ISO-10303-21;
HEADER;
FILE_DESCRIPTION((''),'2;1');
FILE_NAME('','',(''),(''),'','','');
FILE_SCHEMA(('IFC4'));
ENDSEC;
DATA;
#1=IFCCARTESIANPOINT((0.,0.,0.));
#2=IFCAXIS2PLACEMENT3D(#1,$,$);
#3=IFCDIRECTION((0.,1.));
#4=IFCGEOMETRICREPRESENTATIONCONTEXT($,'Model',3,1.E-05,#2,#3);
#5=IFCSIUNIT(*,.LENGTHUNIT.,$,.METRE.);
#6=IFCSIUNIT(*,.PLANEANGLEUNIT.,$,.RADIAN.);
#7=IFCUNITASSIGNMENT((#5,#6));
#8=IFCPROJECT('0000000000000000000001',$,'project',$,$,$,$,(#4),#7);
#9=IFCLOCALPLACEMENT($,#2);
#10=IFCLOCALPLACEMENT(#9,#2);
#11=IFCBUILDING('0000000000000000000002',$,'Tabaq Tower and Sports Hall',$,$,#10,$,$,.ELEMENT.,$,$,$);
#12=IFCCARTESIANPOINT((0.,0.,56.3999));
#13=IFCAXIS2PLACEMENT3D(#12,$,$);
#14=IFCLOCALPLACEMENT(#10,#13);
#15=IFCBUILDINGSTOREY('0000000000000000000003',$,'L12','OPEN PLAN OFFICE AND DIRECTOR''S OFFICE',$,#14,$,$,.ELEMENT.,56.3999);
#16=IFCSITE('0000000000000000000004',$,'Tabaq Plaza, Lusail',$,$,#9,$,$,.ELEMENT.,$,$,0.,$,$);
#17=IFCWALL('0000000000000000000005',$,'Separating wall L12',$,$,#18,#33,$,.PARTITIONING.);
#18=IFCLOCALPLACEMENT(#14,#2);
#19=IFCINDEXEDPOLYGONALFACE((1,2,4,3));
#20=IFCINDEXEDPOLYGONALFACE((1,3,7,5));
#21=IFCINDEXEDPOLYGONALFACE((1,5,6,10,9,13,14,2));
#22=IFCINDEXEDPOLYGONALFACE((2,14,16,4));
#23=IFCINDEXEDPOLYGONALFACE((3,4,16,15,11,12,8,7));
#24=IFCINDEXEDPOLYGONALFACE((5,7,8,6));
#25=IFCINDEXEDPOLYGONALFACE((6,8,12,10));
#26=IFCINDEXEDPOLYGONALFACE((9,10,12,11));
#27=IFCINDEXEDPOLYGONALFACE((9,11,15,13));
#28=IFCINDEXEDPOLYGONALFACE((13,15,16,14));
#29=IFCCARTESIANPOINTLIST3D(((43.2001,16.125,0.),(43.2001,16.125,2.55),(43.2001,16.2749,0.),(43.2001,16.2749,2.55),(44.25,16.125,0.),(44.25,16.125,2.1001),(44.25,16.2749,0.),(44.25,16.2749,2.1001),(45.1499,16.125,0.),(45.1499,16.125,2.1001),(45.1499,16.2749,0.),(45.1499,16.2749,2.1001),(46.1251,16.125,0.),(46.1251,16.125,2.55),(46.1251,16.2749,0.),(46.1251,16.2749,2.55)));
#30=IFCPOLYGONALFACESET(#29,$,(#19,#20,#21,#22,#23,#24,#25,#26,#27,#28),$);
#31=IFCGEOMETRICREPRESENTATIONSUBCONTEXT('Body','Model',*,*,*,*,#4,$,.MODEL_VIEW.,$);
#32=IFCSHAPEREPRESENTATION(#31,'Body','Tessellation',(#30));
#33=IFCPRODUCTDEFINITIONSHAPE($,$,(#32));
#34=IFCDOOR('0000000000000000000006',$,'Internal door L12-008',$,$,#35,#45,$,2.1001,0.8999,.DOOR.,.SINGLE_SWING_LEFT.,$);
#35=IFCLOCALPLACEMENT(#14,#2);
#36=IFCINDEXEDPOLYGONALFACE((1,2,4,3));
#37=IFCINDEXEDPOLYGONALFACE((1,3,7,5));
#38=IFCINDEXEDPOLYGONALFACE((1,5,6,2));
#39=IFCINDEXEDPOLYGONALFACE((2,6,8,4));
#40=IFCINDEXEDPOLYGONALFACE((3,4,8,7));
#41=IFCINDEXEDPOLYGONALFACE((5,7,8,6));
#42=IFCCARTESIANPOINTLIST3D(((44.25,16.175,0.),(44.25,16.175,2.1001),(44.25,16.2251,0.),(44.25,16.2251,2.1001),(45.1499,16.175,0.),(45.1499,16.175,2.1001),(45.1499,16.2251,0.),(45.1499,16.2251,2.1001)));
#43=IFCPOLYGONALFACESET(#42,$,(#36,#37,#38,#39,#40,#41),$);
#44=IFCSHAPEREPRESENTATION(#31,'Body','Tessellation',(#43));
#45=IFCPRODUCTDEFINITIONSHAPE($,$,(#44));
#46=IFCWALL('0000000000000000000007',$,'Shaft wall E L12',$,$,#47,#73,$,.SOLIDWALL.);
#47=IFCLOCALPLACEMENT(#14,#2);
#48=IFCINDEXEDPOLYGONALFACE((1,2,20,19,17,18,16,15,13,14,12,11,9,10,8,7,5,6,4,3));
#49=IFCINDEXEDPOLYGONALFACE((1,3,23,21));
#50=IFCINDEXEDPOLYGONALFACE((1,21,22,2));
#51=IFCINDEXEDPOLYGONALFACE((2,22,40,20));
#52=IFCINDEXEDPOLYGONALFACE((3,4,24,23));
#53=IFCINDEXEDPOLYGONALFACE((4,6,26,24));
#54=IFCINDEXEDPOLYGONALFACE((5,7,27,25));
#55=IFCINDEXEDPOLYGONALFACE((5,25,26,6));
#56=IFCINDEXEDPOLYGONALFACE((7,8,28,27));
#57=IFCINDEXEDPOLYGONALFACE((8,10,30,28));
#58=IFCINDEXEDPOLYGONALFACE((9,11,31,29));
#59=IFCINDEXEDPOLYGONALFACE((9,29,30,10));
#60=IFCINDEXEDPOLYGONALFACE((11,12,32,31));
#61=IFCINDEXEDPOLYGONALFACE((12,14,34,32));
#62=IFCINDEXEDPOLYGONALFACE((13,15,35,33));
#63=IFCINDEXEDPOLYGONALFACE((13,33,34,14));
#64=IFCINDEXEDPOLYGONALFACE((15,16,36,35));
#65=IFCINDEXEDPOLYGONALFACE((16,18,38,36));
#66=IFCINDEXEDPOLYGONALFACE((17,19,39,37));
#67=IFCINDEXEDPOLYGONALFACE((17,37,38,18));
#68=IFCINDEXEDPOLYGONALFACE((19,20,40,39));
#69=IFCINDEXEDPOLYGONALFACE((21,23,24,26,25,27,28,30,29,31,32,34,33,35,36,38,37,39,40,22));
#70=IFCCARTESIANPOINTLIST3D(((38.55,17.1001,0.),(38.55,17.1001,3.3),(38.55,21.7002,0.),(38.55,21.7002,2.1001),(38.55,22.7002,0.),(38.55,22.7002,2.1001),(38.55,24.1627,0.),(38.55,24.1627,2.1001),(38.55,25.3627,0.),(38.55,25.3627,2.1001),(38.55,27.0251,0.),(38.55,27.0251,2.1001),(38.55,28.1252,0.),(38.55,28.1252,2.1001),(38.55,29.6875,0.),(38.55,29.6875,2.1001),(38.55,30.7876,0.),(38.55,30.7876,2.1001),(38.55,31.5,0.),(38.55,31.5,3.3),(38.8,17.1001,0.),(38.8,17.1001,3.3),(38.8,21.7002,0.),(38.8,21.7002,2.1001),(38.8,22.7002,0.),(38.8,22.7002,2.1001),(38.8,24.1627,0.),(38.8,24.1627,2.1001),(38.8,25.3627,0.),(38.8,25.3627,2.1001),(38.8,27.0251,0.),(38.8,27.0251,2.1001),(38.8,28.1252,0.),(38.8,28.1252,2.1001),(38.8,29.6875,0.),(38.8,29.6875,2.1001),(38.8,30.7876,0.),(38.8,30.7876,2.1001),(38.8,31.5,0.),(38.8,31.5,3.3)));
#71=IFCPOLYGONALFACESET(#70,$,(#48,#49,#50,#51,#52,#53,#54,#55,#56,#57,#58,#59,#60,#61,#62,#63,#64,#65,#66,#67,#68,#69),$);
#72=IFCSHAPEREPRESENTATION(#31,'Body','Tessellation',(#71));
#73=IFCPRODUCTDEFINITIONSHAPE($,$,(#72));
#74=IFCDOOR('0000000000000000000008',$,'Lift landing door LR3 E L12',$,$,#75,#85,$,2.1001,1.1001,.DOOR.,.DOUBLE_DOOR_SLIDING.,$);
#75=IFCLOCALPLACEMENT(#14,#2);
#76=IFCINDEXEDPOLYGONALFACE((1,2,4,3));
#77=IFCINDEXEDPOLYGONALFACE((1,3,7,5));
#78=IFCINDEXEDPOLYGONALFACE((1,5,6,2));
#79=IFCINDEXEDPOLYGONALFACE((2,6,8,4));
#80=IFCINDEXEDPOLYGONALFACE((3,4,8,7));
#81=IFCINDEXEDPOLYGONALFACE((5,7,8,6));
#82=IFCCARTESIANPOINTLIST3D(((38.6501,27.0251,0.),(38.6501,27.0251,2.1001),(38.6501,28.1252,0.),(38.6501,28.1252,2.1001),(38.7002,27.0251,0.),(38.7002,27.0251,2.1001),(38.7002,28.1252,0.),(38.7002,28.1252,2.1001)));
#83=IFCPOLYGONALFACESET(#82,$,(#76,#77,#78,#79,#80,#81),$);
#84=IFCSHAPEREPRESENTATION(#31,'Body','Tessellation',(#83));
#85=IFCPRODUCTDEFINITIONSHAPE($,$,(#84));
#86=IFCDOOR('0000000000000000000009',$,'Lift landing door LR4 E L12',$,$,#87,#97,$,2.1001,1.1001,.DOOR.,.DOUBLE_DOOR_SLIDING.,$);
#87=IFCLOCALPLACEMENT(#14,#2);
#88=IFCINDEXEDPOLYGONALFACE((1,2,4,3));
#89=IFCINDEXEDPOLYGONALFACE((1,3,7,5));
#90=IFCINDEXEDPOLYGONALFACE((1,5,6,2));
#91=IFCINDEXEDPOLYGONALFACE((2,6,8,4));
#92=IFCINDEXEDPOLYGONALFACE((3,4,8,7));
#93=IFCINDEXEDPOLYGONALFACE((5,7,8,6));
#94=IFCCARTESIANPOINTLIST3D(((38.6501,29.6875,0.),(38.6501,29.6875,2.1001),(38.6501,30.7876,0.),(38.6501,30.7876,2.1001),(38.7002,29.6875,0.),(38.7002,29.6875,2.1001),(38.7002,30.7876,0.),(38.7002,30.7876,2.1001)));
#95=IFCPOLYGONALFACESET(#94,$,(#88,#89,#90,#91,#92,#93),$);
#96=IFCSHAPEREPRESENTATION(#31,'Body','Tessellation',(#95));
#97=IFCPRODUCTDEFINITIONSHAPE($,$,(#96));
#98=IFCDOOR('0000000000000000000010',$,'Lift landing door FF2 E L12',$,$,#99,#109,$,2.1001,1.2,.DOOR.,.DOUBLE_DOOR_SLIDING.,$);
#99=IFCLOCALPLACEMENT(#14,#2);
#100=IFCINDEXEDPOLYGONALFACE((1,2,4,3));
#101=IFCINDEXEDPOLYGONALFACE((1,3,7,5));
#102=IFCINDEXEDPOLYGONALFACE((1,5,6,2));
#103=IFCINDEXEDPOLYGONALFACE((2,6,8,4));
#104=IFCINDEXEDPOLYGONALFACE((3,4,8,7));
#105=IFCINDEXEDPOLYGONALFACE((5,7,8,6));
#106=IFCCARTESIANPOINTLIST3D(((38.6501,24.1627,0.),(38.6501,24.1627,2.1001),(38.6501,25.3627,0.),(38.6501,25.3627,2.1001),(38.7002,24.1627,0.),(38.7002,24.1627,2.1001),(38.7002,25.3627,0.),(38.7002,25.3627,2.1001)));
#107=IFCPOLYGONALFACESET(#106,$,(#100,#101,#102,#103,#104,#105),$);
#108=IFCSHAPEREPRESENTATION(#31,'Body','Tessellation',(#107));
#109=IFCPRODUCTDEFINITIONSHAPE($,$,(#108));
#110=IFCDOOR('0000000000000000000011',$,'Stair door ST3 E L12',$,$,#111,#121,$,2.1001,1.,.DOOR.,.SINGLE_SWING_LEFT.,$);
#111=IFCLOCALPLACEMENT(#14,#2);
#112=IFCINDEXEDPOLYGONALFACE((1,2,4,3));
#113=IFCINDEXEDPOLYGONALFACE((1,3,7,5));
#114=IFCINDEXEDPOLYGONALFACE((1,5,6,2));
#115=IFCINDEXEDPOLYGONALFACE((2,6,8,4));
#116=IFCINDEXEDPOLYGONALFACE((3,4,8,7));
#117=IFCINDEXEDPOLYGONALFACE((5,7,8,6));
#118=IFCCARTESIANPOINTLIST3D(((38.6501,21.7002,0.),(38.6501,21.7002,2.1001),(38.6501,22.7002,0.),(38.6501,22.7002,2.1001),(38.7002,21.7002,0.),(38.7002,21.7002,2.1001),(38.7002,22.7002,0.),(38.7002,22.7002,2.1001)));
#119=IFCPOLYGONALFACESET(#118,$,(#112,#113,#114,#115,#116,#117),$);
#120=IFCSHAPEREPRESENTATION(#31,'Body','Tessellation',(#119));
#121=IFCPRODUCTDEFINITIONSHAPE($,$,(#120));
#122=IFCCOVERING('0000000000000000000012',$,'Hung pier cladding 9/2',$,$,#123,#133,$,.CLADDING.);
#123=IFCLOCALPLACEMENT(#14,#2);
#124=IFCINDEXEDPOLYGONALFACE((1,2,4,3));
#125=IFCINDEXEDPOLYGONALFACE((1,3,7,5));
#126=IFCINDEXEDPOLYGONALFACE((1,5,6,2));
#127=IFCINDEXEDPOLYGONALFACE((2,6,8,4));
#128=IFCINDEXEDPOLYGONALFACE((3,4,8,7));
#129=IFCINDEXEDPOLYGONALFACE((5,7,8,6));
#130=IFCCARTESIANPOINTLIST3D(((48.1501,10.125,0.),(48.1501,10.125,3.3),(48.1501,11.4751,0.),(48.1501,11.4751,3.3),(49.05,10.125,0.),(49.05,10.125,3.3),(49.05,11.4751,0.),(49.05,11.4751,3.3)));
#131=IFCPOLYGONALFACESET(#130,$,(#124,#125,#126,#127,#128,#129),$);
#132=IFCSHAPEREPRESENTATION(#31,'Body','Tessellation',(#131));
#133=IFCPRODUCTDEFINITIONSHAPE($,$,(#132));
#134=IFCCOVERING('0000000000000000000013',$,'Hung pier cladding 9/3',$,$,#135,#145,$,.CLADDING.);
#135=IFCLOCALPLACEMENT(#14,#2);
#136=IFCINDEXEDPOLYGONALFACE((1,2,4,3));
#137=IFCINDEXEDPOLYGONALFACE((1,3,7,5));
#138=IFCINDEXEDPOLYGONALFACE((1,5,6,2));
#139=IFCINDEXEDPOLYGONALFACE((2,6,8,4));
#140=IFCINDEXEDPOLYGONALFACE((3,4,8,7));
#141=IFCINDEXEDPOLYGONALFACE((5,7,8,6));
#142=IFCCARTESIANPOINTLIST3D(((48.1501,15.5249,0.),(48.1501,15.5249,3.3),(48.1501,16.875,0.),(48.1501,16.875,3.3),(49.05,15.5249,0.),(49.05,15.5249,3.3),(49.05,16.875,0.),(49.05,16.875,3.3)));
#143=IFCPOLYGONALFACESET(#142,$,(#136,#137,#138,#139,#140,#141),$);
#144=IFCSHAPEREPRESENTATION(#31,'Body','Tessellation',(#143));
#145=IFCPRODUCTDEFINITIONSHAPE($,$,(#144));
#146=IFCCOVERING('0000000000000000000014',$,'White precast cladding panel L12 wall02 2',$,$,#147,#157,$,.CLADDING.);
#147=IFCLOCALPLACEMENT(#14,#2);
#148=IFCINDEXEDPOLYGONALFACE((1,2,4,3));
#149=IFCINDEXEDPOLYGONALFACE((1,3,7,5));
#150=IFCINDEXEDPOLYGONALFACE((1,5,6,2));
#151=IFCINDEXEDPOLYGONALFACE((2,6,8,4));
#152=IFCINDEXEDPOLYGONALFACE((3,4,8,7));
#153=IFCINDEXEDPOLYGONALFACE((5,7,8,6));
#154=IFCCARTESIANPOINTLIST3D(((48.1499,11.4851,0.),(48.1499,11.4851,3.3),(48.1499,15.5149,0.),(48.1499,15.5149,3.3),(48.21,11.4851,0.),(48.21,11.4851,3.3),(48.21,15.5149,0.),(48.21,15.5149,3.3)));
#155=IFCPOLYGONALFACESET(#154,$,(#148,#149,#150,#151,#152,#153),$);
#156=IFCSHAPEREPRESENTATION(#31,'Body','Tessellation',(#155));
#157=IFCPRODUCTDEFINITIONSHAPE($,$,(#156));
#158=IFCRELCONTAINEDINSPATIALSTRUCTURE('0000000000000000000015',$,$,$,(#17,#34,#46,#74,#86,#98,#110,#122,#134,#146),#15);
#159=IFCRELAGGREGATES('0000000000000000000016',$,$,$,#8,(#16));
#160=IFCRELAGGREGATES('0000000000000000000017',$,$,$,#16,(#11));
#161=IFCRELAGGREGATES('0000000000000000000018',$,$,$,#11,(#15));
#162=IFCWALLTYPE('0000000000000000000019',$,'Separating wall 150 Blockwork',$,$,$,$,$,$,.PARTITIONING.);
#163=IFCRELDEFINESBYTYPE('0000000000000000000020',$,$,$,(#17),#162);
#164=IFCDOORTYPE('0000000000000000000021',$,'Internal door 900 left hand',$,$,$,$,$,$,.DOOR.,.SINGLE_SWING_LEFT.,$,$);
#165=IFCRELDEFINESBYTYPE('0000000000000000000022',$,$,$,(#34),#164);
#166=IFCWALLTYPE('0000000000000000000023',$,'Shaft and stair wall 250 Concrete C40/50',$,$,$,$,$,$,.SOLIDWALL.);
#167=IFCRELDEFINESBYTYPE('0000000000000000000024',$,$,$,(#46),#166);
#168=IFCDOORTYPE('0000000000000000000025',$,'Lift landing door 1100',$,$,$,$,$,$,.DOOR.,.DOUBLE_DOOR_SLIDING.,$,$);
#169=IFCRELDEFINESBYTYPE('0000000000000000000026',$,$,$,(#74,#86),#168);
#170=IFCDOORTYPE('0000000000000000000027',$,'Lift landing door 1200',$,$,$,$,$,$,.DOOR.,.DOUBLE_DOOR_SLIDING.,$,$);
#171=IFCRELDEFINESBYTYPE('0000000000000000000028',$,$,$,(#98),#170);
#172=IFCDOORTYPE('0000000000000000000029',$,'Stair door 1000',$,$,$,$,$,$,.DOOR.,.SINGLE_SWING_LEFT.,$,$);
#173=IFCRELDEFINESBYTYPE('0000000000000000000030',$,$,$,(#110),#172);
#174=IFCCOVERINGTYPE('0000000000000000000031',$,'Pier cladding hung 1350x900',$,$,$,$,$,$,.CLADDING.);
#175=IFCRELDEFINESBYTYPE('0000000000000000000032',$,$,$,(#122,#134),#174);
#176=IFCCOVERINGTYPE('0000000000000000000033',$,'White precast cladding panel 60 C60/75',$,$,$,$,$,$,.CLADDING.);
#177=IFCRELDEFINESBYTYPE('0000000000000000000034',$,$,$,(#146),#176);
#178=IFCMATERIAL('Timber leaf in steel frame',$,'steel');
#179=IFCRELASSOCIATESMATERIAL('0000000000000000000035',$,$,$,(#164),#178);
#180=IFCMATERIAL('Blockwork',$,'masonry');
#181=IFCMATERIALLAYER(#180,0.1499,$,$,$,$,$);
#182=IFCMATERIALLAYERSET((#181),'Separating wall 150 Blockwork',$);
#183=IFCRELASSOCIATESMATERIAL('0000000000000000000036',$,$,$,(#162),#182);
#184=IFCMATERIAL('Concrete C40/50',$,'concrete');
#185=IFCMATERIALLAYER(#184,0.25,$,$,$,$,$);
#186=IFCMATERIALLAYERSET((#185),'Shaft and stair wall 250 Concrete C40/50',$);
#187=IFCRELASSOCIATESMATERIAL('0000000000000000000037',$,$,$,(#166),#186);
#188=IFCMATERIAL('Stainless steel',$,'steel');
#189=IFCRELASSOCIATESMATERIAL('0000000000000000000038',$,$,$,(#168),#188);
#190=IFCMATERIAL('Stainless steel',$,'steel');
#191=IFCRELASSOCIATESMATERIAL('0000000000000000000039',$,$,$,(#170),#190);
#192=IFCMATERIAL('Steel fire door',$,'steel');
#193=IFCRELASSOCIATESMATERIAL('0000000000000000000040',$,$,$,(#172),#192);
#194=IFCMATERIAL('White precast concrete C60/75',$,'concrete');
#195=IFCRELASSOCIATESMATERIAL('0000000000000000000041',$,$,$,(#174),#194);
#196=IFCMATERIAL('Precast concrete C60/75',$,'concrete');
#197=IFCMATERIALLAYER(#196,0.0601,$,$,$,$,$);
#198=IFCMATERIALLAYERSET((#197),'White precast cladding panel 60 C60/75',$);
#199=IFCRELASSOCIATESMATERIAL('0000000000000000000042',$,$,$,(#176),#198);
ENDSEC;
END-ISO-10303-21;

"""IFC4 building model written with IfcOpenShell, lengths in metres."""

from ifc_helpers import new_model, si_unit, direction, frame, frame_2d, origin, place, context, subcontext, project, spatial, rectangle, extrude, material, layer, layer_set, type_object, element, fill, save


model = new_model("IFC4")

# Units and contexts
model_context = context("Model", 3, precision=1e-05, world=origin(), true_north=direction((0.0, 1.0)))
body_context = subcontext(model_context, "Body", "Model", "MODEL_VIEW")
ifc_project = project(units=[si_unit("LENGTHUNIT", "METRE"), si_unit("PLANEANGLEUNIT", "RADIAN")], contexts=[model_context])

# Site, building, storey
site_placement = place(None, origin())
site = spatial("IfcSite", under=ifc_project, at=site_placement, Name="Tabaq Plaza, Lusail", CompositionType="ELEMENT", RefElevation=0.0)
building_placement = place(site_placement, origin())
building = spatial("IfcBuilding", under=site, at=building_placement, Name="Tabaq Tower and Sports Hall", CompositionType="ELEMENT")
storey_placement = place(building_placement, frame((0.0, 0.0, 56.3999)))
storey = spatial("IfcBuildingStorey", under=building, at=storey_placement, Name="L12", Description="OPEN PLAN OFFICE AND DIRECTOR'S OFFICE", CompositionType="ELEMENT", Elevation=56.3999)

# Shared definitions
ifc_material_1 = material(Name="Timber leaf in steel frame", Category="steel")
door_type_1 = type_object("IfcDoorType", Name="Internal door 900 left hand", OperationType="SINGLE_SWING_LEFT", PredefinedType="DOOR", material=ifc_material_1)

# Wall, opening, door
ifc_material_2 = material(Name="Blockwork", Category="masonry")
ifc_layer_1 = layer(ifc_material_2, 0.1499)
ifc_layer_set_1 = layer_set([ifc_layer_1], Name="Separating wall 150 Blockwork")
wall_type_1 = type_object("IfcWallType", Name="Separating wall 150 Blockwork", PredefinedType="PARTITIONING", material=ifc_layer_set_1)
wall_1_placement = place(storey_placement, frame((46.125, 16.2, 0.0), z_axis=(0.0, 0.0, 1.0), x_axis=(-1.0, 0.0, 0.0)))
wall_1 = element("IfcWall", 1, at=wall_1_placement, inside=storey, type_object=wall_type_1, Name="Separating wall L12", PredefinedType="PARTITIONING", context=body_context, shape_type="SweptSolid", body=[
    extrude(rectangle(XDim=2.925, YDim=0.1499, at=frame_2d((1.4624, 0.0))), origin(), (0.0, 0.0, 1.0), 2.55),
])
opening_1_placement = place(wall_1_placement, frame((0.9751, 0.0, 0.0)))
opening_1 = element("IfcOpeningElement", 2, at=opening_1_placement, cuts=wall_1, PredefinedType="OPENING", context=body_context, shape_type="SweptSolid", body=[
    extrude(rectangle(XDim=0.8999, YDim=2.1001, at=frame_2d((0.45, 1.05))), frame((0.0, 0.075, 0.0), z_axis=(0.0, -1.0, 0.0), x_axis=(1.0, 0.0, 0.0)), (0.0, 0.0, 1.0), 0.1499),
])
door_1_placement = place(opening_1_placement, origin())
door_1 = element("IfcDoor", 3, at=door_1_placement, inside=storey, type_object=door_type_1, Name="Internal door L12-008", OperationType="SINGLE_SWING_LEFT", OverallHeight=2.1001, OverallWidth=0.8999, PredefinedType="DOOR", context=body_context, shape_type="SweptSolid", body=[
    extrude(rectangle(XDim=0.8999, YDim=2.1001, at=frame_2d((0.45, 1.05))), frame((0.0, 0.0249, 0.0), z_axis=(0.0, -1.0, 0.0), x_axis=(1.0, 0.0, 0.0)), (0.0, 0.0, 1.0), 0.05),
])
fill(opening_1, door_1)

# Wall, openings, doors
ifc_material_3 = material(Name="Concrete C40/50", Category="concrete")
ifc_layer_2 = layer(ifc_material_3, 0.25)
ifc_layer_set_2 = layer_set([ifc_layer_2], Name="Shaft and stair wall 250 Concrete C40/50")
wall_type_2 = type_object("IfcWallType", Name="Shaft and stair wall 250 Concrete C40/50", PredefinedType="SOLIDWALL", material=ifc_layer_set_2)
wall_2_placement = place(storey_placement, frame((38.675, 17.1001, 0.0), z_axis=(0.0, 0.0, 1.0), x_axis=(0.0, 1.0, 0.0)))
wall_2 = element("IfcWall", 4, at=wall_2_placement, inside=storey, type_object=wall_type_2, Name="Shaft wall E L12", PredefinedType="SOLIDWALL", context=body_context, shape_type="SweptSolid", body=[
    extrude(rectangle(XDim=14.3999, YDim=0.25, at=frame_2d((7.2, 0.0))), origin(), (0.0, 0.0, 1.0), 3.3),
])
opening_2_placement = place(wall_2_placement, frame((4.6001, 0.0, 0.0)))
opening_2 = element("IfcOpeningElement", 5, at=opening_2_placement, cuts=wall_2, PredefinedType="OPENING", context=body_context, shape_type="SweptSolid", body=[
    extrude(rectangle(XDim=1.0, YDim=2.1001, at=frame_2d((0.5, 1.05))), frame((0.0, 0.125, 0.0), z_axis=(0.0, -1.0, 0.0), x_axis=(1.0, 0.0, 0.0)), (0.0, 0.0, 1.0), 0.25),
])
opening_3_placement = place(wall_2_placement, frame((7.0625, 0.0, 0.0)))
opening_3 = element("IfcOpeningElement", 6, at=opening_3_placement, cuts=wall_2, PredefinedType="OPENING", context=body_context, shape_type="SweptSolid", body=[
    extrude(rectangle(XDim=1.2, YDim=2.1001, at=frame_2d((0.6001, 1.05))), frame((0.0, 0.125, 0.0), z_axis=(0.0, -1.0, 0.0), x_axis=(1.0, 0.0, 0.0)), (0.0, 0.0, 1.0), 0.25),
])
opening_4_placement = place(wall_2_placement, frame((9.925, 0.0, 0.0)))
opening_4 = element("IfcOpeningElement", 7, at=opening_4_placement, cuts=wall_2, PredefinedType="OPENING", context=body_context, shape_type="SweptSolid", body=[
    extrude(rectangle(XDim=1.1001, YDim=2.1001, at=frame_2d((0.55, 1.05))), frame((0.0, 0.125, 0.0), z_axis=(0.0, -1.0, 0.0), x_axis=(1.0, 0.0, 0.0)), (0.0, 0.0, 1.0), 0.25),
])
opening_5_placement = place(wall_2_placement, frame((12.5874, 0.0, 0.0)))
opening_5 = element("IfcOpeningElement", 8, at=opening_5_placement, cuts=wall_2, PredefinedType="OPENING", context=body_context, shape_type="SweptSolid", body=[
    extrude(rectangle(XDim=1.1001, YDim=2.1001, at=frame_2d((0.55, 1.05))), frame((0.0, 0.125, 0.0), z_axis=(0.0, -1.0, 0.0), x_axis=(1.0, 0.0, 0.0)), (0.0, 0.0, 1.0), 0.25),
])
ifc_material_4 = material(Name="Stainless steel", Category="steel")
door_type_2 = type_object("IfcDoorType", Name="Lift landing door 1100", OperationType="DOUBLE_DOOR_SLIDING", PredefinedType="DOOR", material=ifc_material_4)
door_2_placement = place(opening_4_placement, origin())
door_2 = element("IfcDoor", 9, at=door_2_placement, inside=storey, type_object=door_type_2, Name="Lift landing door LR3 E L12", OperationType="DOUBLE_DOOR_SLIDING", OverallHeight=2.1001, OverallWidth=1.1001, PredefinedType="DOOR", context=body_context, shape_type="SweptSolid", body=[
    extrude(rectangle(XDim=1.1001, YDim=2.1001, at=frame_2d((0.55, 1.05))), frame((0.0, 0.0249, 0.0), z_axis=(0.0, -1.0, 0.0), x_axis=(1.0, 0.0, 0.0)), (0.0, 0.0, 1.0), 0.05),
])
fill(opening_4, door_2)
door_3_placement = place(opening_5_placement, origin())
door_3 = element("IfcDoor", 10, at=door_3_placement, inside=storey, type_object=door_type_2, Name="Lift landing door LR4 E L12", OperationType="DOUBLE_DOOR_SLIDING", OverallHeight=2.1001, OverallWidth=1.1001, PredefinedType="DOOR", context=body_context, shape_type="SweptSolid", body=[
    extrude(rectangle(XDim=1.1001, YDim=2.1001, at=frame_2d((0.55, 1.05))), frame((0.0, 0.0249, 0.0), z_axis=(0.0, -1.0, 0.0), x_axis=(1.0, 0.0, 0.0)), (0.0, 0.0, 1.0), 0.05),
])
fill(opening_5, door_3)
ifc_material_5 = material(Name="Stainless steel", Category="steel")
door_type_3 = type_object("IfcDoorType", Name="Lift landing door 1200", OperationType="DOUBLE_DOOR_SLIDING", PredefinedType="DOOR", material=ifc_material_5)
door_4_placement = place(opening_3_placement, origin())
door_4 = element("IfcDoor", 11, at=door_4_placement, inside=storey, type_object=door_type_3, Name="Lift landing door FF2 E L12", OperationType="DOUBLE_DOOR_SLIDING", OverallHeight=2.1001, OverallWidth=1.2, PredefinedType="DOOR", context=body_context, shape_type="SweptSolid", body=[
    extrude(rectangle(XDim=1.2, YDim=2.1001, at=frame_2d((0.6001, 1.05))), frame((0.0, 0.0249, 0.0), z_axis=(0.0, -1.0, 0.0), x_axis=(1.0, 0.0, 0.0)), (0.0, 0.0, 1.0), 0.05),
])
fill(opening_3, door_4)
ifc_material_6 = material(Name="Steel fire door", Category="steel")
door_type_4 = type_object("IfcDoorType", Name="Stair door 1000", OperationType="SINGLE_SWING_LEFT", PredefinedType="DOOR", material=ifc_material_6)
door_5_placement = place(opening_2_placement, origin())
door_5 = element("IfcDoor", 12, at=door_5_placement, inside=storey, type_object=door_type_4, Name="Stair door ST3 E L12", OperationType="SINGLE_SWING_LEFT", OverallHeight=2.1001, OverallWidth=1.0, PredefinedType="DOOR", context=body_context, shape_type="SweptSolid", body=[
    extrude(rectangle(XDim=1.0, YDim=2.1001, at=frame_2d((0.5, 1.05))), frame((0.0, 0.0249, 0.0), z_axis=(0.0, -1.0, 0.0), x_axis=(1.0, 0.0, 0.0)), (0.0, 0.0, 1.0), 0.05),
])
fill(opening_2, door_5)

# Coverings
ifc_material_7 = material(Name="White precast concrete C60/75", Category="concrete")
covering_type_1 = type_object("IfcCoveringType", Name="Pier cladding hung 1350x900", PredefinedType="CLADDING", material=ifc_material_7)
for number, where, z_axis, x_axis, name in (
    (13, (48.6001, 10.125, 0.0), (0.0, 0.0, 1.0), (0.0, 1.0, 0.0), "Hung pier cladding 9/2"),
    (14, (48.6001, 15.5249, 0.0), (0.0, 0.0, 1.0), (0.0, 1.0, 0.0), "Hung pier cladding 9/3"),
):
    element("IfcCovering", number, at=place(storey_placement, frame(where, z_axis=z_axis, x_axis=x_axis)), inside=storey, type_object=covering_type_1, Name=name, PredefinedType="CLADDING", context=body_context, shape_type="SweptSolid", body=[
        extrude(rectangle(XDim=1.3501, YDim=0.8999, at=frame_2d((0.675, 0.0))), origin(), (0.0, 0.0, 1.0), 3.3),
    ])
ifc_material_8 = material(Name="Precast concrete C60/75", Category="concrete")
ifc_layer_3 = layer(ifc_material_8, 0.0601)
ifc_layer_set_3 = layer_set([ifc_layer_3], Name="White precast cladding panel 60 C60/75")
covering_type_2 = type_object("IfcCoveringType", Name="White precast cladding panel 60 C60/75", PredefinedType="CLADDING", material=ifc_layer_set_3)
covering_1_placement = place(storey_placement, frame((48.1799, 11.4851, 0.0), z_axis=(0.0, 0.0, 1.0), x_axis=(0.0, 1.0, 0.0)))
element("IfcCovering", 15, at=covering_1_placement, inside=storey, type_object=covering_type_2, Name="White precast cladding panel L12 wall02 2", PredefinedType="CLADDING", context=body_context, shape_type="SweptSolid", body=[
    extrude(rectangle(XDim=4.0298, YDim=0.0601, at=frame_2d((2.0149, 0.0))), origin(), (0.0, 0.0, 1.0), 3.3),
])

save(model, "model.ifc")
